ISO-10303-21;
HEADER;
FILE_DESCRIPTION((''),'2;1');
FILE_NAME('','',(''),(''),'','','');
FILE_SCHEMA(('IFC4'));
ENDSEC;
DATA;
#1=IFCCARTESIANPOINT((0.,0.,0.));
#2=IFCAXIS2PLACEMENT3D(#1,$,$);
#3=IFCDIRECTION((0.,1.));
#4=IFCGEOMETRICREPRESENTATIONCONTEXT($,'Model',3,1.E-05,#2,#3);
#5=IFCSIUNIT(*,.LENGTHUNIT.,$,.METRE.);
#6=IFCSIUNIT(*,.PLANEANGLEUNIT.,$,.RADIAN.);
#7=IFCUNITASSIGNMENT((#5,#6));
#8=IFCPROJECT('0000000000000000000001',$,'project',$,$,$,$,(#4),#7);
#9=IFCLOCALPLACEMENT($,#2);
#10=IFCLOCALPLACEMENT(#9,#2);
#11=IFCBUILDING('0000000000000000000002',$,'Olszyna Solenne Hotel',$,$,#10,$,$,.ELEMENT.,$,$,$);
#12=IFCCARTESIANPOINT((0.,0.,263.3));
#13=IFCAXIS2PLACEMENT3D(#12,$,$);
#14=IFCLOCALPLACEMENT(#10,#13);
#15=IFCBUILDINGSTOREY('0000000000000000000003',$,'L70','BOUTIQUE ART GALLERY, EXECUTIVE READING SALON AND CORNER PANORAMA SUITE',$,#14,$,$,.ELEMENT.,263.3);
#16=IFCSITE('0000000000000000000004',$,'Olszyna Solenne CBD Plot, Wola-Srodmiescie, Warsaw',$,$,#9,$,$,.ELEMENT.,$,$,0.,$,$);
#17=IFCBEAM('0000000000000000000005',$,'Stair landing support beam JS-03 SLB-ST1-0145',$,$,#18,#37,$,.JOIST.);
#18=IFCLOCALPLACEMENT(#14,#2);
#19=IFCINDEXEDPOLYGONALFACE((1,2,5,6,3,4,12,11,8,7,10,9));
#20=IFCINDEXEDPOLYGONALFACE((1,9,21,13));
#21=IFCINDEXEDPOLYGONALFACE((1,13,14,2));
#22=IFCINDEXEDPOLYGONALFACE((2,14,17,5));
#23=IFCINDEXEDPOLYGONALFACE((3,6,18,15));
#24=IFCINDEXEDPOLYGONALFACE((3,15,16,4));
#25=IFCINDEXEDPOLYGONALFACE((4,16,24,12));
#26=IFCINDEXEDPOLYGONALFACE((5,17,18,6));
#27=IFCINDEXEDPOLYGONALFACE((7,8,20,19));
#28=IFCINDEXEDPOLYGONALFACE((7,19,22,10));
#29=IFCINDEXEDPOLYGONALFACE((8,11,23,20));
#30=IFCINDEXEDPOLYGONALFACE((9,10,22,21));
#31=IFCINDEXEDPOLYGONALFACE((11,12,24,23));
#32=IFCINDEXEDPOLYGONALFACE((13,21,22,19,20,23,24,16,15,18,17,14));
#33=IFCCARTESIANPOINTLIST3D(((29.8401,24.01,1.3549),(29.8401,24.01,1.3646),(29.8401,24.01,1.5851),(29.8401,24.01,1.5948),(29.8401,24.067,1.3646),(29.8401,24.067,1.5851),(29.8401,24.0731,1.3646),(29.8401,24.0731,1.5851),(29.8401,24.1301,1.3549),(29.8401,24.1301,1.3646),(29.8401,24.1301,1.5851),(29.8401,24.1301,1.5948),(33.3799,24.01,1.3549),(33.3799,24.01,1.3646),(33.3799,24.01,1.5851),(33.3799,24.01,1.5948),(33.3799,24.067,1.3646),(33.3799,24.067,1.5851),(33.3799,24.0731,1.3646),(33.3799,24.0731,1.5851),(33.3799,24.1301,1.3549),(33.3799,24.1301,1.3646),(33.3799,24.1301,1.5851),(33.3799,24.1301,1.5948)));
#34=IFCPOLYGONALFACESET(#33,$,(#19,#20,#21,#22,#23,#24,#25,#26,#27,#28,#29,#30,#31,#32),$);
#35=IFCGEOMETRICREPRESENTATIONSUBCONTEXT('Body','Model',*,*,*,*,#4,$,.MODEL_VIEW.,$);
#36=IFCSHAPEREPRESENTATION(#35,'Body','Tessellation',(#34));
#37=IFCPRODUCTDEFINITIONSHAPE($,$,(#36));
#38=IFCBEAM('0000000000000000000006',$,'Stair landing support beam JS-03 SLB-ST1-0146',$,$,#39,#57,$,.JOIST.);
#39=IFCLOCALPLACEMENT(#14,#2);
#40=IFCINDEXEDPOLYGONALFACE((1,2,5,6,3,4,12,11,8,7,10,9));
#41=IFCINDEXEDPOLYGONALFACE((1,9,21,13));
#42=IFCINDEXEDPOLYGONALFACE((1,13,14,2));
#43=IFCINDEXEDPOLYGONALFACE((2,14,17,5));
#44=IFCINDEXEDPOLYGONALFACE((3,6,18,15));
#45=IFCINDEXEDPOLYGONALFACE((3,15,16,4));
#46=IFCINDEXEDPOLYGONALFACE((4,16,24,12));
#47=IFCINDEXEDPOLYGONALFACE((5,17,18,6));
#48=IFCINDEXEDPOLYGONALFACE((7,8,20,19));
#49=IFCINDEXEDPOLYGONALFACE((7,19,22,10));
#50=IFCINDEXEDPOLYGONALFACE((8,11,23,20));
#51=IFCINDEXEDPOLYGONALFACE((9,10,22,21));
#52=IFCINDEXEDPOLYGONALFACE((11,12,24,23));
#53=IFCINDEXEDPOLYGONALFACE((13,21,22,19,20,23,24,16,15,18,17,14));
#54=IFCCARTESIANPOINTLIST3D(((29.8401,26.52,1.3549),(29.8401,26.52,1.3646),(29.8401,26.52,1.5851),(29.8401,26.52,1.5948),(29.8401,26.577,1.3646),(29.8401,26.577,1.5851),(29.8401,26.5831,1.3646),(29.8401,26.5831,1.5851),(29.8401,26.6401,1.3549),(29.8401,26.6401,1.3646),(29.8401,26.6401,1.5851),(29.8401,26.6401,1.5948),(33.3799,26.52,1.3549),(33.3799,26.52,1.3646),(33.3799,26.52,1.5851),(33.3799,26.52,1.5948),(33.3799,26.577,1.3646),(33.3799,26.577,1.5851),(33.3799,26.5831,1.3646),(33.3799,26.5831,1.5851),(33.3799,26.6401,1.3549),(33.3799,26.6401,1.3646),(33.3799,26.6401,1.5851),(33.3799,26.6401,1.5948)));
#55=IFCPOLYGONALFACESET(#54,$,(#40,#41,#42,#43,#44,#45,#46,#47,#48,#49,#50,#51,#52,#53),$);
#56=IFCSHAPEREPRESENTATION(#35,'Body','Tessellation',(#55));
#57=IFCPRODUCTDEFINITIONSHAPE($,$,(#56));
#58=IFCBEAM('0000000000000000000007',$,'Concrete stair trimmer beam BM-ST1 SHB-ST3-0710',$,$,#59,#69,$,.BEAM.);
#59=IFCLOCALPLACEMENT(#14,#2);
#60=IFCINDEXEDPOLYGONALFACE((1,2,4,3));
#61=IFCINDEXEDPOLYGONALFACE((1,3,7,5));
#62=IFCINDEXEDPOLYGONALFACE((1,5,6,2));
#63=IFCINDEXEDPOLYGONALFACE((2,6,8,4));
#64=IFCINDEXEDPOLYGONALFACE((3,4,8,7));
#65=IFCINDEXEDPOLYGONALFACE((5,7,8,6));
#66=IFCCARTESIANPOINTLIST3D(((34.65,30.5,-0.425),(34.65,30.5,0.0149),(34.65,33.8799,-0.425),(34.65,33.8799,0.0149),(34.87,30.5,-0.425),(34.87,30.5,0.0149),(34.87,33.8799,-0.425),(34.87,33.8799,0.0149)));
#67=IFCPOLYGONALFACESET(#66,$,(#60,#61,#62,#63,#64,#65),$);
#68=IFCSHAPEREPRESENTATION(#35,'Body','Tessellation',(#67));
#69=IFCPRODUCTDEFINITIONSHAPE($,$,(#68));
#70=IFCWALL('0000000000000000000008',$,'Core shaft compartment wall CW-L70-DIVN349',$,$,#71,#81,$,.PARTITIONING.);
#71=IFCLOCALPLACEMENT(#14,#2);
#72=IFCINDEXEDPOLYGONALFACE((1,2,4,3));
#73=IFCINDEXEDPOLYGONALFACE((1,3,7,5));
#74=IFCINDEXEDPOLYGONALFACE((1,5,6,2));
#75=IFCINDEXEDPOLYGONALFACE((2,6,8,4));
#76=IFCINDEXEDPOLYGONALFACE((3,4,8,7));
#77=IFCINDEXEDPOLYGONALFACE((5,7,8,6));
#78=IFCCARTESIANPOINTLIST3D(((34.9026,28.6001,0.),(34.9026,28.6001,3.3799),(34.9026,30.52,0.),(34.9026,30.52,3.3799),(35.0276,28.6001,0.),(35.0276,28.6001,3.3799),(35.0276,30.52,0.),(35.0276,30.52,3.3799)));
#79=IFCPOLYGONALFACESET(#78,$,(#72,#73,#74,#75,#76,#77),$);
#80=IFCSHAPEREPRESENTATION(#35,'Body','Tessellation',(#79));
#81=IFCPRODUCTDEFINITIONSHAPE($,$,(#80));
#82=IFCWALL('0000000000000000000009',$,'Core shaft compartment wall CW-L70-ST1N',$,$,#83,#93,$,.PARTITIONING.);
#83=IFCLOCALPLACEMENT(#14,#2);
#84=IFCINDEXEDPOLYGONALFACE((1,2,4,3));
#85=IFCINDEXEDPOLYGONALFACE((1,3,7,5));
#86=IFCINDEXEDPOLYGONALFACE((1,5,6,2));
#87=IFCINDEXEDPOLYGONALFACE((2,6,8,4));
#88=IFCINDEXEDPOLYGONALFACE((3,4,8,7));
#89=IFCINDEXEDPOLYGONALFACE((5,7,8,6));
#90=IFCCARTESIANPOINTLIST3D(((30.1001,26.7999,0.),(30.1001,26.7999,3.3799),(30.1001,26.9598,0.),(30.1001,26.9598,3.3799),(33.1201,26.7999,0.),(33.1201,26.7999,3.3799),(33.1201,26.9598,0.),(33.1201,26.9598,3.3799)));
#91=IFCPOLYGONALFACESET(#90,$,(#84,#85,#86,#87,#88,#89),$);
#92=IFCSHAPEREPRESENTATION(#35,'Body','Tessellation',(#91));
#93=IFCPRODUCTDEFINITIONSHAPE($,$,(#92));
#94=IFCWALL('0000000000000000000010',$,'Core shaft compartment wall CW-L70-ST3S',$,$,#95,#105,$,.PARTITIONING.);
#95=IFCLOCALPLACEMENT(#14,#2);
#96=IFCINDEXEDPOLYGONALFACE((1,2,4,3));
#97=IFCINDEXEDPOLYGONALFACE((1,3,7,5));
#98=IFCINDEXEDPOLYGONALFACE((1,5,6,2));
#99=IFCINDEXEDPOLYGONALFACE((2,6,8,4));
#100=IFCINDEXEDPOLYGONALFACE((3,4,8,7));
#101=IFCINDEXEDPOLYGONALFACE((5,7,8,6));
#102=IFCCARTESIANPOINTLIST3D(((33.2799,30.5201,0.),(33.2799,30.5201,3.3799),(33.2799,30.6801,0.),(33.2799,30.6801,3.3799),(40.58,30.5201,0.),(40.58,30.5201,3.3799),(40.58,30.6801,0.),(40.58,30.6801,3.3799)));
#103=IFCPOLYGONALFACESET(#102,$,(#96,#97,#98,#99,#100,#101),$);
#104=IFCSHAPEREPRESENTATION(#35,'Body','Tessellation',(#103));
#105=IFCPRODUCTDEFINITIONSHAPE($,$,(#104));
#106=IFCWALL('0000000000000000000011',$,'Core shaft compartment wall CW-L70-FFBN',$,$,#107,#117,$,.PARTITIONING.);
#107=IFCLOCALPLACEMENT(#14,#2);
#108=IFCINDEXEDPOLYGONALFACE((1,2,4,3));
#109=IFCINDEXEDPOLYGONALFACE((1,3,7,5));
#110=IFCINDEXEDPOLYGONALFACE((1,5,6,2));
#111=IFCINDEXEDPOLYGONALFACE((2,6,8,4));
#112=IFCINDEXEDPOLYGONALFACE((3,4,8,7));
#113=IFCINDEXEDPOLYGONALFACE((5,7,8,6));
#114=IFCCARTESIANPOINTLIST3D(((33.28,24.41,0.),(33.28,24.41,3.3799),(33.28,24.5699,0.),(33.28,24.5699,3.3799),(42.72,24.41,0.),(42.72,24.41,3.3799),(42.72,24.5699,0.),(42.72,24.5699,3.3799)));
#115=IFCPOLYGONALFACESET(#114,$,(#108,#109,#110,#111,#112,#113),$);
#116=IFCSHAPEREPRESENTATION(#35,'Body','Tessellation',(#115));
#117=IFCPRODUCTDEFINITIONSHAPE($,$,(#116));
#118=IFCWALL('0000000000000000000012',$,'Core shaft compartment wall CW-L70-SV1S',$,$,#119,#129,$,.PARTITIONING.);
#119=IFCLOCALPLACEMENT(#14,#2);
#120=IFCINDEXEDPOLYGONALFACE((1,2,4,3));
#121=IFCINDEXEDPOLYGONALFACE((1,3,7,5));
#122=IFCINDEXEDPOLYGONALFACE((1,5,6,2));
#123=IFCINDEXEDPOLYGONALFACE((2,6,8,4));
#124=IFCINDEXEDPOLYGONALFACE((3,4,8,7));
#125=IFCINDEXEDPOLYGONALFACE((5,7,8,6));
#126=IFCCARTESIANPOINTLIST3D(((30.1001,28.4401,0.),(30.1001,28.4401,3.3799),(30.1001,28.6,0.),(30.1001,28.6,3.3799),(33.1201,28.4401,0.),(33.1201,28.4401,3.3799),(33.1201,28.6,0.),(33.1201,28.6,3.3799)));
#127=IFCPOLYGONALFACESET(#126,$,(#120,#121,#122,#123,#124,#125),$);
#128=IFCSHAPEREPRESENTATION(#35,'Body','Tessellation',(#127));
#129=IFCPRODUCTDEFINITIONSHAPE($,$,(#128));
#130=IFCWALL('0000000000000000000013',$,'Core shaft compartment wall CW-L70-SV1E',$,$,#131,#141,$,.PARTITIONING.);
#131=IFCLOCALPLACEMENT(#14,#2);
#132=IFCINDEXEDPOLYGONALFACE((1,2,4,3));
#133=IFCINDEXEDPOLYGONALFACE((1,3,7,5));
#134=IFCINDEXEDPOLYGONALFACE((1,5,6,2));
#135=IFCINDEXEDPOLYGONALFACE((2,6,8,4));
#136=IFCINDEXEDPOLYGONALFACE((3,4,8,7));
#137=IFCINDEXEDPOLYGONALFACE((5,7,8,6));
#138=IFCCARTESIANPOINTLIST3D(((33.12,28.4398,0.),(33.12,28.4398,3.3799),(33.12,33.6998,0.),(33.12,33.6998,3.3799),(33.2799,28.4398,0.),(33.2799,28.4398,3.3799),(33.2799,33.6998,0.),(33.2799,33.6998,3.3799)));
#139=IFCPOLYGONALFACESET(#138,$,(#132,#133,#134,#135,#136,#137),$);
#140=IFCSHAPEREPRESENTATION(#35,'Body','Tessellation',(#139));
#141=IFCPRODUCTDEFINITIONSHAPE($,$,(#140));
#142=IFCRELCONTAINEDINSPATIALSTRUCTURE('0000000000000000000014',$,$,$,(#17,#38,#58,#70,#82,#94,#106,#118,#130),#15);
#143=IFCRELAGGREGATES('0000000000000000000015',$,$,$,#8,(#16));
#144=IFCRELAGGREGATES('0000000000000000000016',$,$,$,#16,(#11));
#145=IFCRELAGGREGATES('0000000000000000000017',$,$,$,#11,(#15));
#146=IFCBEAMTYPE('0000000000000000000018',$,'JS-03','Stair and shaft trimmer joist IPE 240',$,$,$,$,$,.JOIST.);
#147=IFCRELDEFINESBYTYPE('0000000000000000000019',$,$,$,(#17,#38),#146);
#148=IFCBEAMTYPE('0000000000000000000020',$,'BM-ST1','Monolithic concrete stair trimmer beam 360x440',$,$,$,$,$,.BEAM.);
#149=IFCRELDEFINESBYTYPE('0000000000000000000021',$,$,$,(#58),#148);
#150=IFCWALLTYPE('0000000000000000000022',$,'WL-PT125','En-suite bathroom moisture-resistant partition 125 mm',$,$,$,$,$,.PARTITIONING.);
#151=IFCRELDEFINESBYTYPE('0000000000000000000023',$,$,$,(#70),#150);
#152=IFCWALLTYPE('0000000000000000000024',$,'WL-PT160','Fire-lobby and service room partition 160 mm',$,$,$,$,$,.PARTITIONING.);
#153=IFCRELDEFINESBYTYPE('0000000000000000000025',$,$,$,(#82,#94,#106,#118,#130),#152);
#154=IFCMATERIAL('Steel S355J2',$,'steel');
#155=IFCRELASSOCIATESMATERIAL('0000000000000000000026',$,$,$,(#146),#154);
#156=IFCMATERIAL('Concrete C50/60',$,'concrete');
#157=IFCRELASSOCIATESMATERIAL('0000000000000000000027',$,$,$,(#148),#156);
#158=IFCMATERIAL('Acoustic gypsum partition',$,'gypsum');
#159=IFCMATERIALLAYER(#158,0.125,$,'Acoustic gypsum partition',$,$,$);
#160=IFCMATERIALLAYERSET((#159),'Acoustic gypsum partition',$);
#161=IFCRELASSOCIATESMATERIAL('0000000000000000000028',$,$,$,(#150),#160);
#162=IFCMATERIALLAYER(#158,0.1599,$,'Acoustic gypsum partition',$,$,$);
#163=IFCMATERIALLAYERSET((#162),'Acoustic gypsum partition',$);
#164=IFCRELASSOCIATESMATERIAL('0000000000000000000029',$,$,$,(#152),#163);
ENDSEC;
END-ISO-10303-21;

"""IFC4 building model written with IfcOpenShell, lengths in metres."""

from ifc_helpers import new_model, si_unit, direction, frame, frame_2d, origin, origin_2d, place, context, subcontext, project, spatial, rectangle, i_section, extrude, source, transform, mapped, material, layer, layer_set, material_profile, profile_set, type_object, element, save


model = new_model("IFC4")

# Units and contexts
model_context = context("Model", 3, precision=1e-05, world=origin(), true_north=direction((0.0, 1.0)))
body_context = subcontext(model_context, "Body", "Model", "MODEL_VIEW")
ifc_project = project(units=[si_unit("LENGTHUNIT", "METRE"), si_unit("PLANEANGLEUNIT", "RADIAN")], contexts=[model_context])

# Site, building, storey
site_placement = place(None, origin())
site = spatial("IfcSite", under=ifc_project, at=site_placement, Name="Olszyna Solenne CBD Plot, Wola-Srodmiescie, Warsaw", CompositionType="ELEMENT", RefElevation=0.0)
building_placement = place(site_placement, origin())
building = spatial("IfcBuilding", under=site, at=building_placement, Name="Olszyna Solenne Hotel", CompositionType="ELEMENT")
storey_placement = place(building_placement, frame((0.0, 0.0, 263.3)))
storey = spatial("IfcBuildingStorey", under=building, at=storey_placement, Name="L70", Description="BOUTIQUE ART GALLERY, EXECUTIVE READING SALON AND CORNER PANORAMA SUITE", CompositionType="ELEMENT", Elevation=263.3)

# Beams
ifc_material_1 = material(Name="Steel S355J2", Category="steel")
ifc_material_profile_1 = material_profile(ifc_material_1, i_section(OverallWidth=0.1201, OverallDepth=0.24, WebThickness=0.0061, FlangeThickness=0.0098, at=origin_2d()), Name="IPE 240", Category="load-bearing")
ifc_profile_set_1 = profile_set([ifc_material_profile_1], Name="Steel S355J2")
beam_type_1 = type_object("IfcBeamType", Name="JS-03", Description="Stair and shaft trimmer joist IPE 240", PredefinedType="JOIST", material=ifc_profile_set_1)
shared_shape_1 = source(origin(), body_context, "Body", "SweptSolid", [
    extrude(i_section(OverallWidth=0.1201, OverallDepth=0.24, WebThickness=0.0061, FlangeThickness=0.0098, at=origin_2d()), origin(), (0.0, 0.0, 1.0), 3.5398),
])
for number, where, z_axis, x_axis, name in (
    (1, (33.3799, 24.0701, 1.4749), (-1.0, 0.0, 0.0), (0.0, -1.0, 0.0), "Stair landing support beam JS-03 SLB-ST1-0145"),
    (2, (33.3799, 26.5801, 1.4749), (-1.0, 0.0, 0.0), (0.0, -1.0, 0.0), "Stair landing support beam JS-03 SLB-ST1-0146"),
):
    element("IfcBeam", number, at=place(storey_placement, frame(where, z_axis=z_axis, x_axis=x_axis)), inside=storey, type_object=beam_type_1, Name=name, PredefinedType="JOIST", context=body_context, shape_type="MappedRepresentation", body=[
        mapped(shared_shape_1, transform((0.0, 0.0, 0.0), x_axis=(1.0, 0.0, 0.0), y_axis=(0.0, 1.0, 0.0), z_axis=(0.0, 0.0, 1.0), scale=1.0)),
    ])
ifc_material_2 = material(Name="Concrete C50/60", Category="concrete")
ifc_material_profile_2 = material_profile(ifc_material_2, rectangle(XDim=0.22, YDim=0.4399, at=origin_2d()), Name="RC 220x440", Category="load-bearing")
ifc_profile_set_2 = profile_set([ifc_material_profile_2], Name="Concrete C50/60")
beam_type_2 = type_object("IfcBeamType", Name="BM-ST1", Description="Monolithic concrete stair trimmer beam 360x440", PredefinedType="BEAM", material=ifc_profile_set_2)
shared_shape_2 = source(origin(), body_context, "Body", "SweptSolid", [
    extrude(rectangle(XDim=0.22, YDim=0.4399, at=origin_2d()), origin(), (0.0, 0.0, 1.0), 3.3799),
])
beam_placement = place(storey_placement, frame((34.76, 30.5, -0.2051), z_axis=(0.0, 1.0, 0.0), x_axis=(-1.0, 0.0, 0.0)))
element("IfcBeam", 3, at=beam_placement, inside=storey, type_object=beam_type_2, Name="Concrete stair trimmer beam BM-ST1 SHB-ST3-0710", PredefinedType="BEAM", context=body_context, shape_type="MappedRepresentation", body=[
    mapped(shared_shape_2, transform((0.0, 0.0, 0.0), x_axis=(1.0, 0.0, 0.0), y_axis=(0.0, 1.0, 0.0), z_axis=(0.0, 0.0, 1.0), scale=1.0)),
])

# Walls
ifc_material_3 = material(Name="Acoustic gypsum partition", Category="gypsum")
ifc_layer_1 = layer(ifc_material_3, 0.125, Name="Acoustic gypsum partition")
ifc_layer_set_1 = layer_set([ifc_layer_1], Name="Acoustic gypsum partition")
wall_type_1 = type_object("IfcWallType", Name="WL-PT125", Description="En-suite bathroom moisture-resistant partition 125 mm", PredefinedType="PARTITIONING", material=ifc_layer_set_1)
wall_1_placement = place(storey_placement, frame((34.9651, 28.6001, 0.0), z_axis=(0.0, 0.0, 1.0), x_axis=(0.0, 1.0, 0.0)))
element("IfcWall", 4, at=wall_1_placement, inside=storey, type_object=wall_type_1, Name="Core shaft compartment wall CW-L70-DIVN349", PredefinedType="PARTITIONING", context=body_context, shape_type="SweptSolid", body=[
    extrude(rectangle(XDim=1.9199, YDim=0.125, at=frame_2d((0.96, 0.0))), origin(), (0.0, 0.0, 1.0), 3.3799),
])
ifc_layer_2 = layer(ifc_material_3, 0.1599, Name="Acoustic gypsum partition")
ifc_layer_set_2 = layer_set([ifc_layer_2], Name="Acoustic gypsum partition")
wall_type_2 = type_object("IfcWallType", Name="WL-PT160", Description="Fire-lobby and service room partition 160 mm", PredefinedType="PARTITIONING", material=ifc_layer_set_2)
wall_2_placement = place(storey_placement, frame((30.1001, 26.8799, 0.0), z_axis=(0.0, 0.0, 1.0), x_axis=(1.0, 0.0, 0.0)))
element("IfcWall", 5, at=wall_2_placement, inside=storey, type_object=wall_type_2, Name="Core shaft compartment wall CW-L70-ST1N", PredefinedType="PARTITIONING", context=body_context, shape_type="SweptSolid", body=[
    extrude(rectangle(XDim=3.02, YDim=0.1599, at=frame_2d((1.51, 0.0))), origin(), (0.0, 0.0, 1.0), 3.3799),
])
wall_3_placement = place(storey_placement, frame((33.28, 30.6001, 0.0), z_axis=(0.0, 0.0, 1.0), x_axis=(1.0, 0.0, 0.0)))
element("IfcWall", 6, at=wall_3_placement, inside=storey, type_object=wall_type_2, Name="Core shaft compartment wall CW-L70-ST3S", PredefinedType="PARTITIONING", context=body_context, shape_type="SweptSolid", body=[
    extrude(rectangle(XDim=7.3, YDim=0.1599, at=frame_2d((3.6499, 0.0))), origin(), (0.0, 0.0, 1.0), 3.3799),
])
wall_4_placement = place(storey_placement, frame((33.28, 24.49, 0.0), z_axis=(0.0, 0.0, 1.0), x_axis=(1.0, 0.0, 0.0)))
element("IfcWall", 7, at=wall_4_placement, inside=storey, type_object=wall_type_2, Name="Core shaft compartment wall CW-L70-FFBN", PredefinedType="PARTITIONING", context=body_context, shape_type="SweptSolid", body=[
    extrude(rectangle(XDim=9.4399, YDim=0.1599, at=frame_2d((4.72, 0.0))), origin(), (0.0, 0.0, 1.0), 3.3799),
])
wall_5_placement = place(storey_placement, frame((30.1001, 28.52, 0.0), z_axis=(0.0, 0.0, 1.0), x_axis=(1.0, 0.0, 0.0)))
element("IfcWall", 8, at=wall_5_placement, inside=storey, type_object=wall_type_2, Name="Core shaft compartment wall CW-L70-SV1S", PredefinedType="PARTITIONING", context=body_context, shape_type="SweptSolid", body=[
    extrude(rectangle(XDim=3.02, YDim=0.1599, at=frame_2d((1.51, 0.0))), origin(), (0.0, 0.0, 1.0), 3.3799),
])
wall_6_placement = place(storey_placement, frame((33.2, 28.4399, 0.0), z_axis=(0.0, 0.0, 1.0), x_axis=(0.0, 1.0, 0.0)))
element("IfcWall", 9, at=wall_6_placement, inside=storey, type_object=wall_type_2, Name="Core shaft compartment wall CW-L70-SV1E", PredefinedType="PARTITIONING", context=body_context, shape_type="SweptSolid", body=[
    extrude(rectangle(XDim=5.26, YDim=0.1599, at=frame_2d((2.6299, 0.0))), origin(), (0.0, 0.0, 1.0), 3.3799),
])

save(model, "model.ifc")
